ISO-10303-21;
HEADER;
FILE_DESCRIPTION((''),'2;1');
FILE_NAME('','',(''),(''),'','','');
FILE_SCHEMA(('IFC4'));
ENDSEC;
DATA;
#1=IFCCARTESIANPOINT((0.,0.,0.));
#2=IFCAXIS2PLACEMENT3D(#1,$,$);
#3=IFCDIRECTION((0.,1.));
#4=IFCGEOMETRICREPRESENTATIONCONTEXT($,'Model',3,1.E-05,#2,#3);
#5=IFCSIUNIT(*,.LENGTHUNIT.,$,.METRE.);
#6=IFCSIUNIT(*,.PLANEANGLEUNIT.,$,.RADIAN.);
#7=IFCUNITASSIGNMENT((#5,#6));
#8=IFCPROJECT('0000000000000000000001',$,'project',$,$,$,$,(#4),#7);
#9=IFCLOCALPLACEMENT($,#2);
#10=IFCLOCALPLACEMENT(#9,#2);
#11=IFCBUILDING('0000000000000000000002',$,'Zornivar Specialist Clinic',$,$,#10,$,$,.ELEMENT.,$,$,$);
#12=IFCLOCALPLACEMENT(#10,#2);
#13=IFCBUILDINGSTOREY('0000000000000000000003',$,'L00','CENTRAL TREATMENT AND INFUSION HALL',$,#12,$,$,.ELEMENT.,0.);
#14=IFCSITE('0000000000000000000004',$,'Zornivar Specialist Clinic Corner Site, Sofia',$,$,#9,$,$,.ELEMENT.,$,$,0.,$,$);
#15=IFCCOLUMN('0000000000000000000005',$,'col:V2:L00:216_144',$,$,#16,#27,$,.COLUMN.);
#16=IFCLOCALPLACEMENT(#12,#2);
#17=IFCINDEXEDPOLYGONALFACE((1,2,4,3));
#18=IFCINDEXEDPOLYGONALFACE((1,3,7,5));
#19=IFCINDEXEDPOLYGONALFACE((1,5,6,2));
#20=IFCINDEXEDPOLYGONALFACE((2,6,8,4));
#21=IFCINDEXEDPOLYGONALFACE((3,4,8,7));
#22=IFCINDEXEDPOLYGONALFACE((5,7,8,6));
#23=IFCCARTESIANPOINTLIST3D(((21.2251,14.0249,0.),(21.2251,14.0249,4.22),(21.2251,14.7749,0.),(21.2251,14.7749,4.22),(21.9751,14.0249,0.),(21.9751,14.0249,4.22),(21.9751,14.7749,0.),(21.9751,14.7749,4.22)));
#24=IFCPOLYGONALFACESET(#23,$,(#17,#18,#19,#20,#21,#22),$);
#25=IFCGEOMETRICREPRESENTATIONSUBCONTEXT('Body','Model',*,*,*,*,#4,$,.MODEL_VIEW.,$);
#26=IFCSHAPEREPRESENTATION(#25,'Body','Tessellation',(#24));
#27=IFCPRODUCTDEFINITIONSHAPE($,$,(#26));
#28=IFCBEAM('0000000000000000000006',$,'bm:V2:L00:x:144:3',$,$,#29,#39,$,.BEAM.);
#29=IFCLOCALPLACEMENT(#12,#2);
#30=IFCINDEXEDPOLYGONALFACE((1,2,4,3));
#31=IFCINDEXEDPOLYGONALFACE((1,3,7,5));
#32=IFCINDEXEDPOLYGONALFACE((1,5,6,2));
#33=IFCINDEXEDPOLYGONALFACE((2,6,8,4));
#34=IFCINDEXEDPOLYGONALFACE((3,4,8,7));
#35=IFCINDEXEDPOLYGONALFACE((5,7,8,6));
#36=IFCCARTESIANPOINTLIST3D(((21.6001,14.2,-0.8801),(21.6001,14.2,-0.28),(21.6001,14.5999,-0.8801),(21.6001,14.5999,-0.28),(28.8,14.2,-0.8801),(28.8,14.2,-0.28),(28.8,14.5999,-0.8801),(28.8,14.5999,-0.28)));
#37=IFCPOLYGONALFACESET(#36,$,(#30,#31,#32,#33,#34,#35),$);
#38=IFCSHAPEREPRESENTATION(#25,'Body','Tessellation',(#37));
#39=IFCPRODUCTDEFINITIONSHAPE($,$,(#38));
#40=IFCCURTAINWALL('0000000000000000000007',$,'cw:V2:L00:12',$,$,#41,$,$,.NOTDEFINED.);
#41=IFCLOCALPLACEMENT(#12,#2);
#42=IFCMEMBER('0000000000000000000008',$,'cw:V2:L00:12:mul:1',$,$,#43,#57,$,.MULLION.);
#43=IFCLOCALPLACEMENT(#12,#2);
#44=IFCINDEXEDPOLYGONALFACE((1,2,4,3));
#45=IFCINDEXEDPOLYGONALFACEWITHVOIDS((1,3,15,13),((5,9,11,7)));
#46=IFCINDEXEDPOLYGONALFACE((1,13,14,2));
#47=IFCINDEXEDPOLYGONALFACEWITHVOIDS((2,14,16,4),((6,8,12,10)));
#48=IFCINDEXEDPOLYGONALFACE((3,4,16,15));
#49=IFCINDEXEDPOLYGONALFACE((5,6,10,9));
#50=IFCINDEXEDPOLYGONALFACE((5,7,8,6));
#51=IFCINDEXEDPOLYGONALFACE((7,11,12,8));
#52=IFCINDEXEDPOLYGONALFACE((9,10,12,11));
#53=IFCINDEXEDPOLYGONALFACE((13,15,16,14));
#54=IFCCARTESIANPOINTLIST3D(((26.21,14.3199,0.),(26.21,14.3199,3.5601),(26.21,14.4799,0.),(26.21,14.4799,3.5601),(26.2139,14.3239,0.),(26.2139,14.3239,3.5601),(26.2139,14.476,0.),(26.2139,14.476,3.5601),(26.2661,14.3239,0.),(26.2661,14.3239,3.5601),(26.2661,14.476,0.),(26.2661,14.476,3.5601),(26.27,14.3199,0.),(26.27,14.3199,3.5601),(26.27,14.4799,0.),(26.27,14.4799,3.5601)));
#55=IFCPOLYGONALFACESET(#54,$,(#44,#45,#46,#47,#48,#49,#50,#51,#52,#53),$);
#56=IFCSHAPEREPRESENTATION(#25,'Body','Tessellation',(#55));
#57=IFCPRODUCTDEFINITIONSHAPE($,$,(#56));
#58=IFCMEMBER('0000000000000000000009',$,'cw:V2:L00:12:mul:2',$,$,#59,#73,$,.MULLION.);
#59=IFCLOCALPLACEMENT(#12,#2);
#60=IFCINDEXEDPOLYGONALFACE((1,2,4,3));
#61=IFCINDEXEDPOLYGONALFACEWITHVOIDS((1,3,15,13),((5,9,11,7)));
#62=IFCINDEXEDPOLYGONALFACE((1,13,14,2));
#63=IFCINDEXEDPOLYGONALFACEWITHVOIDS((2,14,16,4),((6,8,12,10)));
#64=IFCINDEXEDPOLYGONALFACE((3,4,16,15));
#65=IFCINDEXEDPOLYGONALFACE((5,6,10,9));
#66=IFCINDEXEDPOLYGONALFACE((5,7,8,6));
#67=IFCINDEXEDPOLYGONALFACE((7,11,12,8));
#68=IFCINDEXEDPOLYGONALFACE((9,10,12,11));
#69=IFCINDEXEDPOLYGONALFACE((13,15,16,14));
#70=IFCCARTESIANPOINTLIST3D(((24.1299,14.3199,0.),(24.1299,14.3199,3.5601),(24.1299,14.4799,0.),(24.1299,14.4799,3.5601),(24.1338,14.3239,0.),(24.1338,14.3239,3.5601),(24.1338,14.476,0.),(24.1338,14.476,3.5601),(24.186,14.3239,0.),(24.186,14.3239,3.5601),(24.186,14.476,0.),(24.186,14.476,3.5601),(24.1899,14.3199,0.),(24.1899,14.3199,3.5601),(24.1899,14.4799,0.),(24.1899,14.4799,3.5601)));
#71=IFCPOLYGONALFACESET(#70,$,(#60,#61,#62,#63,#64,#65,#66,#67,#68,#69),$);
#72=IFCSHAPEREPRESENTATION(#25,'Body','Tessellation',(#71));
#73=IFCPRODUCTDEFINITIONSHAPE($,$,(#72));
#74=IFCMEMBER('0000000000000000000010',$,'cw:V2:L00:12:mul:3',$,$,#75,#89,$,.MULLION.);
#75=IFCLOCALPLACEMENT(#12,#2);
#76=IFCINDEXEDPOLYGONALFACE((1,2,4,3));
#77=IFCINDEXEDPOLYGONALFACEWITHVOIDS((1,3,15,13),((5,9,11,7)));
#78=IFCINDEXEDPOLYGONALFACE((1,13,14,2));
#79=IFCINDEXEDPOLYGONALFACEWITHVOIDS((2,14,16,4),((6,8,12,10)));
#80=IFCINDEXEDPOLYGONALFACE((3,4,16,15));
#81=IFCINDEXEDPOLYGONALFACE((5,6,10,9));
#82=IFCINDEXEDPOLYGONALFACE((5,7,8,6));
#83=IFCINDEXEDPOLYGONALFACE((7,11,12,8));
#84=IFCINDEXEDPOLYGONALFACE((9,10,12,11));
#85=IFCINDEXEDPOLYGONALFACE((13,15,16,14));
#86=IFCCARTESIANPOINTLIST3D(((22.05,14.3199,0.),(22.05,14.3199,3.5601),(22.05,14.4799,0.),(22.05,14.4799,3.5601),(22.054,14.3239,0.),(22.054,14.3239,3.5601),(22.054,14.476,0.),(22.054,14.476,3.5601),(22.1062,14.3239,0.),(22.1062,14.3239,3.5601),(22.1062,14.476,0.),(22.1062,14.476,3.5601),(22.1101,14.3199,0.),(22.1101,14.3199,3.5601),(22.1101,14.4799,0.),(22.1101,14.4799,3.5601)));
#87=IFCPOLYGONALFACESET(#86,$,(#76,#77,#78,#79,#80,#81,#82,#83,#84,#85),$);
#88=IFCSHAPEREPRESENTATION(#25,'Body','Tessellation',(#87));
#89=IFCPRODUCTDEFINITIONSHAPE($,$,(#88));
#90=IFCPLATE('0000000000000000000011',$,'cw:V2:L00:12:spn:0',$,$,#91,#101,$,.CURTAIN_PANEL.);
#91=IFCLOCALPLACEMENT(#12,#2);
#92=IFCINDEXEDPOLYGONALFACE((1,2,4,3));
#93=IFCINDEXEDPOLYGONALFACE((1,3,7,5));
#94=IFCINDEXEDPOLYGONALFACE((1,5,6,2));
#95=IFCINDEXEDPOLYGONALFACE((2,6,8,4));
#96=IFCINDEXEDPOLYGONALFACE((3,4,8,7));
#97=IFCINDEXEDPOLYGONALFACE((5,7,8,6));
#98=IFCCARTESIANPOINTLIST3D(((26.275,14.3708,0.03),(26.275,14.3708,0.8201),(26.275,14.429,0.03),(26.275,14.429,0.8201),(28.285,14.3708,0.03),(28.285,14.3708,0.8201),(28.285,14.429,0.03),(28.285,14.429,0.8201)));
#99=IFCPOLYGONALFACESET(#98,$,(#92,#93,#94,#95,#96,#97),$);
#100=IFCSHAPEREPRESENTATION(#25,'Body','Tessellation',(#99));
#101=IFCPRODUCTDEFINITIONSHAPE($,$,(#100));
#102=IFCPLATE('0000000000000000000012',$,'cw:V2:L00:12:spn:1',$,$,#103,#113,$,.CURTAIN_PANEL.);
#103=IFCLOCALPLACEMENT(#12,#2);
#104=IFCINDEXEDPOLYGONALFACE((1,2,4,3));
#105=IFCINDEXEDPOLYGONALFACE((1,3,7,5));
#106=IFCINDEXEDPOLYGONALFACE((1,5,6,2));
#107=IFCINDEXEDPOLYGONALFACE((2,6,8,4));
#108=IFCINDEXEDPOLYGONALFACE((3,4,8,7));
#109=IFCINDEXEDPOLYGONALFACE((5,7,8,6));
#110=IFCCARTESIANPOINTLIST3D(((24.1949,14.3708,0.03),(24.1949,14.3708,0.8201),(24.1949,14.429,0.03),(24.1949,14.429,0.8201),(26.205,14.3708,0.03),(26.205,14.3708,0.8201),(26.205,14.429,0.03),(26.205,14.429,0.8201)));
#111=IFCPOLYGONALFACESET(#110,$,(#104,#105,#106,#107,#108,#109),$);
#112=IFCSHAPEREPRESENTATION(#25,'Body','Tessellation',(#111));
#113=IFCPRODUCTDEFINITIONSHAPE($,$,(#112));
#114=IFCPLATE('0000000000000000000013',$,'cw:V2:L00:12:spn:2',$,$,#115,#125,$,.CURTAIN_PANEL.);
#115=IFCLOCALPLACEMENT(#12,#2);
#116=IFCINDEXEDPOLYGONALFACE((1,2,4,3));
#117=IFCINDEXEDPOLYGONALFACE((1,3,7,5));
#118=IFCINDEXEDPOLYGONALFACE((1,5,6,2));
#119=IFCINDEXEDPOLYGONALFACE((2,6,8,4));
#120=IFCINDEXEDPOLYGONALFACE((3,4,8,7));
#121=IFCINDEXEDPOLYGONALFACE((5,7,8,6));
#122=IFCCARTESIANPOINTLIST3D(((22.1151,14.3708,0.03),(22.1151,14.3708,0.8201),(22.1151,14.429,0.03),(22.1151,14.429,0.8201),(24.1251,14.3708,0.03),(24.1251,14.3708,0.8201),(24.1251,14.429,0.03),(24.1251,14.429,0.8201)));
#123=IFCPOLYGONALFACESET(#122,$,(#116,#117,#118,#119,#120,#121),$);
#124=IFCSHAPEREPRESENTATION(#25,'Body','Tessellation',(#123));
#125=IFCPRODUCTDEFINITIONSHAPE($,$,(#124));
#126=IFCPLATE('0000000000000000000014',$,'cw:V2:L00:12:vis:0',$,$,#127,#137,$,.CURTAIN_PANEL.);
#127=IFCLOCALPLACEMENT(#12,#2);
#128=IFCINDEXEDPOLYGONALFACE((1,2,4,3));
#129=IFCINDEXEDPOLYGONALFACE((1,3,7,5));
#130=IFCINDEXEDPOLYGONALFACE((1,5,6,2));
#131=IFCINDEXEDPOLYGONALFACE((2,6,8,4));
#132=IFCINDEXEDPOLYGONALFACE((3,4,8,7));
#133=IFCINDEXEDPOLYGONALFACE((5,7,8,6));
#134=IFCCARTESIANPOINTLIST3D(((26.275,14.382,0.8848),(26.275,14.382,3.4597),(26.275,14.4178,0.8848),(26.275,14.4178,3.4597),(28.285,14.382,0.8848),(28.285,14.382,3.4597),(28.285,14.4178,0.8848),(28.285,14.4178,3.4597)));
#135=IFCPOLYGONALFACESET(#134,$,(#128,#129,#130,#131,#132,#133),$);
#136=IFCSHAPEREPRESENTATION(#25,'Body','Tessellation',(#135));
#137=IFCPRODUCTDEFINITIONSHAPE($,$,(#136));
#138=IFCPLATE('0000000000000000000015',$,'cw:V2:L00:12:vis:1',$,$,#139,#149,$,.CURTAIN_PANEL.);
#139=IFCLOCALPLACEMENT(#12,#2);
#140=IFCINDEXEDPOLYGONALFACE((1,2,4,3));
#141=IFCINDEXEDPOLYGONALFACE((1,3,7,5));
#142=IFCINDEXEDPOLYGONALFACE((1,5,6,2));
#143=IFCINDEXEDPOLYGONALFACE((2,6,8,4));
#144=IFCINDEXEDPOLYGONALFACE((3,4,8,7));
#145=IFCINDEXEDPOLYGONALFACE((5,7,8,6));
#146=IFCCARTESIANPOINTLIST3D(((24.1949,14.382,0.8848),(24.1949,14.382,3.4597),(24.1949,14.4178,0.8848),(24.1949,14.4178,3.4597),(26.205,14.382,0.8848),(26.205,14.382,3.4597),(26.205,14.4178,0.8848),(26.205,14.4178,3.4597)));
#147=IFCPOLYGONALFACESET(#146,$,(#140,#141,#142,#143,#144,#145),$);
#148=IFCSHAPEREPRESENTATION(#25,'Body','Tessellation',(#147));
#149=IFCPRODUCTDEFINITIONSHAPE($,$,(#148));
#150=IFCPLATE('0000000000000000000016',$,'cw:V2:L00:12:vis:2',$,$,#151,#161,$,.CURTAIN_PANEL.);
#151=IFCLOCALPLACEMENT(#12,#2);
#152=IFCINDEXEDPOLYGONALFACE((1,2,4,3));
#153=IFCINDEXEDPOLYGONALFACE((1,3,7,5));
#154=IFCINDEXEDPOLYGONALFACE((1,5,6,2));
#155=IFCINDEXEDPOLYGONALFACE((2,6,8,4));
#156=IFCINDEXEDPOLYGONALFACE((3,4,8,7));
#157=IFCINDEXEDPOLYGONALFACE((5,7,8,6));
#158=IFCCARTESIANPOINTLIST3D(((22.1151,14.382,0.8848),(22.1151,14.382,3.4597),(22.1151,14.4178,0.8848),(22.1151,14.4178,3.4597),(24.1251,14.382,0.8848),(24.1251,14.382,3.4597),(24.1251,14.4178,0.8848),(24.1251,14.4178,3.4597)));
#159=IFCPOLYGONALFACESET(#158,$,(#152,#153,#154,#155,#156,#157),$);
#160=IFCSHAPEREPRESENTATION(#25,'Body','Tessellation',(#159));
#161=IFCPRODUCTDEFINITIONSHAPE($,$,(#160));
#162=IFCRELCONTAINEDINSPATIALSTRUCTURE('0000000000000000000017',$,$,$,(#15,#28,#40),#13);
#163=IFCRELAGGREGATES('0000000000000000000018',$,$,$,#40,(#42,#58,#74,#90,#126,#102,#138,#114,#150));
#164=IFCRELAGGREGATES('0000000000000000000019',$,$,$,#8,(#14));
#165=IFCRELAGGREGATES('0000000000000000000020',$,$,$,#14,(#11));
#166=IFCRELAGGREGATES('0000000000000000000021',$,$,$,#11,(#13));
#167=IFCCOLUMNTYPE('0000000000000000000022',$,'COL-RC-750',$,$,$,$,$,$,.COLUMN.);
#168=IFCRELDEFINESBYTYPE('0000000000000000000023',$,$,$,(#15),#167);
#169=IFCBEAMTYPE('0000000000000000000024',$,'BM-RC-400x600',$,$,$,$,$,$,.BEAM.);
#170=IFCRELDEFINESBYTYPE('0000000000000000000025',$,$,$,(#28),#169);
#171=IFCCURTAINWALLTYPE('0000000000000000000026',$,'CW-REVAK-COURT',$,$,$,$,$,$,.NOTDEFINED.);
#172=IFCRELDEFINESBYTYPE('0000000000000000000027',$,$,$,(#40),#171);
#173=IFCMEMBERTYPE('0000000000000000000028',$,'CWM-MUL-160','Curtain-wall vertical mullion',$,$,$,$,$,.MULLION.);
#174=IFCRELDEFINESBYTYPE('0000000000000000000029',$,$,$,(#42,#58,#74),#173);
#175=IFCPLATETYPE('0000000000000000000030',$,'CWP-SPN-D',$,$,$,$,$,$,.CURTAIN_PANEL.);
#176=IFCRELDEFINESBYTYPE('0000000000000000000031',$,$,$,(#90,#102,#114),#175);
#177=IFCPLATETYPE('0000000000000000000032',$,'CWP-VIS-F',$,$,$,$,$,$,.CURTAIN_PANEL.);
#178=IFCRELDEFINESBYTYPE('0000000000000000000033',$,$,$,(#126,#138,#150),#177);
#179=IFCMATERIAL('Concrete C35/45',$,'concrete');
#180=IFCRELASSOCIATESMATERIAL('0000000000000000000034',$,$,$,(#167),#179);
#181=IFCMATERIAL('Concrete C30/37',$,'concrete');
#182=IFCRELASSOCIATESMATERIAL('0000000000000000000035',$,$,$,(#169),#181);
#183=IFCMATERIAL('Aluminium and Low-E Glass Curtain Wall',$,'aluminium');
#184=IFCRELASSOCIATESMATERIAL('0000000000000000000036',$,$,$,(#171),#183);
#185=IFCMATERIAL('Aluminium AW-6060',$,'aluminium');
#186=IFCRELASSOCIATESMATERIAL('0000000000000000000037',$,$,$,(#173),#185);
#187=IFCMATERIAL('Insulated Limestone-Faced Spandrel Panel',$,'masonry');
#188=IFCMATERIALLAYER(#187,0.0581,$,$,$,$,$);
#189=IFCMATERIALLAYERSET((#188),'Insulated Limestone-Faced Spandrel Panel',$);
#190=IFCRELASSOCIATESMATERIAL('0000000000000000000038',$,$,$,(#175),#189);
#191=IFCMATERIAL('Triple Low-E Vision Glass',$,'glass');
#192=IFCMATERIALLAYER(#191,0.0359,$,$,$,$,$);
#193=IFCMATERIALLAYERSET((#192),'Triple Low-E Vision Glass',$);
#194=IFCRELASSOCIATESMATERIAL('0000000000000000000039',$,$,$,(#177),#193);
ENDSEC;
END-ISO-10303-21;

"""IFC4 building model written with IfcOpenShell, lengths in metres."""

from ifc_helpers import new_model, si_unit, direction, frame, origin, origin_2d, place, context, subcontext, project, spatial, rectangle, hollow_rectangle, extrude, material, layer, layer_set, material_profile, profile_set, type_object, element, aggregate, save


model = new_model("IFC4")

# Units and contexts
model_context = context("Model", 3, precision=1e-05, world=origin(), true_north=direction((0.0, 1.0)))
body_context = subcontext(model_context, "Body", "Model", "MODEL_VIEW")
ifc_project = project(units=[si_unit("LENGTHUNIT", "METRE"), si_unit("PLANEANGLEUNIT", "RADIAN")], contexts=[model_context])

# Site, building, storey
site_placement = place(None, origin())
site = spatial("IfcSite", under=ifc_project, at=site_placement, Name="Zornivar Specialist Clinic Corner Site, Sofia", CompositionType="ELEMENT", RefElevation=0.0)
building_placement = place(site_placement, origin())
building = spatial("IfcBuilding", under=site, at=building_placement, Name="Zornivar Specialist Clinic", CompositionType="ELEMENT")
storey_placement = place(building_placement, origin())
storey = spatial("IfcBuildingStorey", under=building, at=storey_placement, Name="L00", Description="CENTRAL TREATMENT AND INFUSION HALL", CompositionType="ELEMENT", Elevation=0.0)

# Column
ifc_material_1 = material(Name="Concrete C35/45", Category="concrete")
ifc_material_profile_1 = material_profile(ifc_material_1, rectangle(XDim=0.75, YDim=0.75, at=origin_2d()), Name="RC 750x750")
ifc_profile_set_1 = profile_set([ifc_material_profile_1], Name="Concrete C35/45")
column_type = type_object("IfcColumnType", Name="COL-RC-750", PredefinedType="COLUMN", material=ifc_profile_set_1)
column_placement = place(storey_placement, frame((21.6001, 14.3999, 0.0), z_axis=(0.0, 0.0, 1.0), x_axis=(1.0, 0.0, 0.0)))
element("IfcColumn", 1, at=column_placement, inside=storey, type_object=column_type, Name="col:V2:L00:216_144", PredefinedType="COLUMN", context=body_context, shape_type="SweptSolid", body=[
    extrude(rectangle(XDim=0.75, YDim=0.75, at=origin_2d()), origin(), (0.0, 0.0, 1.0), 4.22),
])

# Beam
ifc_material_2 = material(Name="Concrete C30/37", Category="concrete")
ifc_material_profile_2 = material_profile(ifc_material_2, rectangle(XDim=0.3999, YDim=0.6001, at=origin_2d()), Name="RC 400x600")
ifc_profile_set_2 = profile_set([ifc_material_profile_2], Name="Concrete C30/37")
beam_type = type_object("IfcBeamType", Name="BM-RC-400x600", PredefinedType="BEAM", material=ifc_profile_set_2)
beam_placement = place(storey_placement, frame((21.6001, 14.3999, -0.5801), z_axis=(1.0, 0.0, 0.0), x_axis=(0.0, 1.0, 0.0)))
element("IfcBeam", 2, at=beam_placement, inside=storey, type_object=beam_type, Name="bm:V2:L00:x:144:3", PredefinedType="BEAM", context=body_context, shape_type="SweptSolid", body=[
    extrude(rectangle(XDim=0.3999, YDim=0.6001, at=origin_2d()), origin(), (0.0, 0.0, 1.0), 7.2),
])

# Curtain wall, members, plates
ifc_material_3 = material(Name="Aluminium and Low-E Glass Curtain Wall", Category="aluminium")
curtain_wall_type = type_object("IfcCurtainWallType", Name="CW-REVAK-COURT", PredefinedType="NOTDEFINED", material=ifc_material_3)
curtain_wall_placement = place(storey_placement, origin())
curtain_wall = element("IfcCurtainWall", 3, at=curtain_wall_placement, inside=storey, type_object=curtain_wall_type, Name="cw:V2:L00:12", PredefinedType="NOTDEFINED")
ifc_material_4 = material(Name="Aluminium AW-6060", Category="aluminium")
ifc_material_profile_3 = material_profile(ifc_material_4, hollow_rectangle(XDim=0.0601, YDim=0.1599, WallThickness=0.0039, at=origin_2d()), Name="ALU 60x160x4")
ifc_profile_set_3 = profile_set([ifc_material_profile_3], Name="Aluminium AW-6060")
member_type = type_object("IfcMemberType", Name="CWM-MUL-160", Description="Curtain-wall vertical mullion", PredefinedType="MULLION", material=ifc_profile_set_3)
member_1_placement = place(storey_placement, frame((26.24, 14.3999, 0.0), z_axis=(0.0, 0.0, 1.0), x_axis=(1.0, 0.0, 0.0)))
member_1 = element("IfcMember", 4, at=member_1_placement, type_object=member_type, Name="cw:V2:L00:12:mul:1", PredefinedType="MULLION", context=body_context, shape_type="SweptSolid", body=[
    extrude(hollow_rectangle(XDim=0.0601, YDim=0.1599, WallThickness=0.0039, at=origin_2d()), origin(), (0.0, 0.0, 1.0), 3.5601),
])
member_2_placement = place(storey_placement, frame((24.1599, 14.3999, 0.0), z_axis=(0.0, 0.0, 1.0), x_axis=(1.0, 0.0, 0.0)))
member_2 = element("IfcMember", 5, at=member_2_placement, type_object=member_type, Name="cw:V2:L00:12:mul:2", PredefinedType="MULLION", context=body_context, shape_type="SweptSolid", body=[
    extrude(hollow_rectangle(XDim=0.0601, YDim=0.1599, WallThickness=0.0039, at=origin_2d()), origin(), (0.0, 0.0, 1.0), 3.5601),
])
member_3_placement = place(storey_placement, frame((22.0801, 14.3999, 0.0), z_axis=(0.0, 0.0, 1.0), x_axis=(1.0, 0.0, 0.0)))
member_3 = element("IfcMember", 6, at=member_3_placement, type_object=member_type, Name="cw:V2:L00:12:mul:3", PredefinedType="MULLION", context=body_context, shape_type="SweptSolid", body=[
    extrude(hollow_rectangle(XDim=0.0601, YDim=0.1599, WallThickness=0.0039, at=origin_2d()), origin(), (0.0, 0.0, 1.0), 3.5601),
])
ifc_material_5 = material(Name="Insulated Limestone-Faced Spandrel Panel", Category="masonry")
ifc_layer_1 = layer(ifc_material_5, 0.0581)
ifc_layer_set_1 = layer_set([ifc_layer_1], Name="Insulated Limestone-Faced Spandrel Panel")
plate_type_1 = type_object("IfcPlateType", Name="CWP-SPN-D", PredefinedType="CURTAIN_PANEL", material=ifc_layer_set_1)
plate_1_placement = place(storey_placement, frame((27.28, 14.3999, 0.03), z_axis=(0.0, 0.0, 1.0), x_axis=(-1.0, 0.0, 0.0)))
plate_1 = element("IfcPlate", 7, at=plate_1_placement, type_object=plate_type_1, Name="cw:V2:L00:12:spn:0", PredefinedType="CURTAIN_PANEL", context=body_context, shape_type="SweptSolid", body=[
    extrude(rectangle(XDim=2.01, YDim=0.0581, at=origin_2d()), origin(), (0.0, 0.0, 1.0), 0.79),
])
plate_2_placement = place(storey_placement, frame((25.2, 14.3999, 0.03), z_axis=(0.0, 0.0, 1.0), x_axis=(-1.0, 0.0, 0.0)))
plate_2 = element("IfcPlate", 8, at=plate_2_placement, type_object=plate_type_1, Name="cw:V2:L00:12:spn:1", PredefinedType="CURTAIN_PANEL", context=body_context, shape_type="SweptSolid", body=[
    extrude(rectangle(XDim=2.01, YDim=0.0581, at=origin_2d()), origin(), (0.0, 0.0, 1.0), 0.79),
])
plate_3_placement = place(storey_placement, frame((23.1201, 14.3999, 0.03), z_axis=(0.0, 0.0, 1.0), x_axis=(-1.0, 0.0, 0.0)))
plate_3 = element("IfcPlate", 9, at=plate_3_placement, type_object=plate_type_1, Name="cw:V2:L00:12:spn:2", PredefinedType="CURTAIN_PANEL", context=body_context, shape_type="SweptSolid", body=[
    extrude(rectangle(XDim=2.01, YDim=0.0581, at=origin_2d()), origin(), (0.0, 0.0, 1.0), 0.79),
])
ifc_material_6 = material(Name="Triple Low-E Vision Glass", Category="glass")
ifc_layer_2 = layer(ifc_material_6, 0.0359)
ifc_layer_set_2 = layer_set([ifc_layer_2], Name="Triple Low-E Vision Glass")
plate_type_2 = type_object("IfcPlateType", Name="CWP-VIS-F", PredefinedType="CURTAIN_PANEL", material=ifc_layer_set_2)
plate_4_placement = place(storey_placement, frame((27.28, 14.3999, 0.8848), z_axis=(0.0, 0.0, 1.0), x_axis=(-1.0, 0.0, 0.0)))
plate_4 = element("IfcPlate", 10, at=plate_4_placement, type_object=plate_type_2, Name="cw:V2:L00:12:vis:0", PredefinedType="CURTAIN_PANEL", context=body_context, shape_type="SweptSolid", body=[
    extrude(rectangle(XDim=2.01, YDim=0.0359, at=origin_2d()), origin(), (0.0, 0.0, 1.0), 2.575),
])
plate_5_placement = place(storey_placement, frame((25.2, 14.3999, 0.8848), z_axis=(0.0, 0.0, 1.0), x_axis=(-1.0, 0.0, 0.0)))
plate_5 = element("IfcPlate", 11, at=plate_5_placement, type_object=plate_type_2, Name="cw:V2:L00:12:vis:1", PredefinedType="CURTAIN_PANEL", context=body_context, shape_type="SweptSolid", body=[
    extrude(rectangle(XDim=2.01, YDim=0.0359, at=origin_2d()), origin(), (0.0, 0.0, 1.0), 2.575),
])
plate_6_placement = place(storey_placement, frame((23.1201, 14.3999, 0.8848), z_axis=(0.0, 0.0, 1.0), x_axis=(-1.0, 0.0, 0.0)))
plate_6 = element("IfcPlate", 12, at=plate_6_placement, type_object=plate_type_2, Name="cw:V2:L00:12:vis:2", PredefinedType="CURTAIN_PANEL", context=body_context, shape_type="SweptSolid", body=[
    extrude(rectangle(XDim=2.01, YDim=0.0359, at=origin_2d()), origin(), (0.0, 0.0, 1.0), 2.575),
])
aggregate(curtain_wall, [member_1, member_2, member_3, plate_1, plate_4, plate_2, plate_5, plate_3, plate_6])

save(model, "model.ifc")
